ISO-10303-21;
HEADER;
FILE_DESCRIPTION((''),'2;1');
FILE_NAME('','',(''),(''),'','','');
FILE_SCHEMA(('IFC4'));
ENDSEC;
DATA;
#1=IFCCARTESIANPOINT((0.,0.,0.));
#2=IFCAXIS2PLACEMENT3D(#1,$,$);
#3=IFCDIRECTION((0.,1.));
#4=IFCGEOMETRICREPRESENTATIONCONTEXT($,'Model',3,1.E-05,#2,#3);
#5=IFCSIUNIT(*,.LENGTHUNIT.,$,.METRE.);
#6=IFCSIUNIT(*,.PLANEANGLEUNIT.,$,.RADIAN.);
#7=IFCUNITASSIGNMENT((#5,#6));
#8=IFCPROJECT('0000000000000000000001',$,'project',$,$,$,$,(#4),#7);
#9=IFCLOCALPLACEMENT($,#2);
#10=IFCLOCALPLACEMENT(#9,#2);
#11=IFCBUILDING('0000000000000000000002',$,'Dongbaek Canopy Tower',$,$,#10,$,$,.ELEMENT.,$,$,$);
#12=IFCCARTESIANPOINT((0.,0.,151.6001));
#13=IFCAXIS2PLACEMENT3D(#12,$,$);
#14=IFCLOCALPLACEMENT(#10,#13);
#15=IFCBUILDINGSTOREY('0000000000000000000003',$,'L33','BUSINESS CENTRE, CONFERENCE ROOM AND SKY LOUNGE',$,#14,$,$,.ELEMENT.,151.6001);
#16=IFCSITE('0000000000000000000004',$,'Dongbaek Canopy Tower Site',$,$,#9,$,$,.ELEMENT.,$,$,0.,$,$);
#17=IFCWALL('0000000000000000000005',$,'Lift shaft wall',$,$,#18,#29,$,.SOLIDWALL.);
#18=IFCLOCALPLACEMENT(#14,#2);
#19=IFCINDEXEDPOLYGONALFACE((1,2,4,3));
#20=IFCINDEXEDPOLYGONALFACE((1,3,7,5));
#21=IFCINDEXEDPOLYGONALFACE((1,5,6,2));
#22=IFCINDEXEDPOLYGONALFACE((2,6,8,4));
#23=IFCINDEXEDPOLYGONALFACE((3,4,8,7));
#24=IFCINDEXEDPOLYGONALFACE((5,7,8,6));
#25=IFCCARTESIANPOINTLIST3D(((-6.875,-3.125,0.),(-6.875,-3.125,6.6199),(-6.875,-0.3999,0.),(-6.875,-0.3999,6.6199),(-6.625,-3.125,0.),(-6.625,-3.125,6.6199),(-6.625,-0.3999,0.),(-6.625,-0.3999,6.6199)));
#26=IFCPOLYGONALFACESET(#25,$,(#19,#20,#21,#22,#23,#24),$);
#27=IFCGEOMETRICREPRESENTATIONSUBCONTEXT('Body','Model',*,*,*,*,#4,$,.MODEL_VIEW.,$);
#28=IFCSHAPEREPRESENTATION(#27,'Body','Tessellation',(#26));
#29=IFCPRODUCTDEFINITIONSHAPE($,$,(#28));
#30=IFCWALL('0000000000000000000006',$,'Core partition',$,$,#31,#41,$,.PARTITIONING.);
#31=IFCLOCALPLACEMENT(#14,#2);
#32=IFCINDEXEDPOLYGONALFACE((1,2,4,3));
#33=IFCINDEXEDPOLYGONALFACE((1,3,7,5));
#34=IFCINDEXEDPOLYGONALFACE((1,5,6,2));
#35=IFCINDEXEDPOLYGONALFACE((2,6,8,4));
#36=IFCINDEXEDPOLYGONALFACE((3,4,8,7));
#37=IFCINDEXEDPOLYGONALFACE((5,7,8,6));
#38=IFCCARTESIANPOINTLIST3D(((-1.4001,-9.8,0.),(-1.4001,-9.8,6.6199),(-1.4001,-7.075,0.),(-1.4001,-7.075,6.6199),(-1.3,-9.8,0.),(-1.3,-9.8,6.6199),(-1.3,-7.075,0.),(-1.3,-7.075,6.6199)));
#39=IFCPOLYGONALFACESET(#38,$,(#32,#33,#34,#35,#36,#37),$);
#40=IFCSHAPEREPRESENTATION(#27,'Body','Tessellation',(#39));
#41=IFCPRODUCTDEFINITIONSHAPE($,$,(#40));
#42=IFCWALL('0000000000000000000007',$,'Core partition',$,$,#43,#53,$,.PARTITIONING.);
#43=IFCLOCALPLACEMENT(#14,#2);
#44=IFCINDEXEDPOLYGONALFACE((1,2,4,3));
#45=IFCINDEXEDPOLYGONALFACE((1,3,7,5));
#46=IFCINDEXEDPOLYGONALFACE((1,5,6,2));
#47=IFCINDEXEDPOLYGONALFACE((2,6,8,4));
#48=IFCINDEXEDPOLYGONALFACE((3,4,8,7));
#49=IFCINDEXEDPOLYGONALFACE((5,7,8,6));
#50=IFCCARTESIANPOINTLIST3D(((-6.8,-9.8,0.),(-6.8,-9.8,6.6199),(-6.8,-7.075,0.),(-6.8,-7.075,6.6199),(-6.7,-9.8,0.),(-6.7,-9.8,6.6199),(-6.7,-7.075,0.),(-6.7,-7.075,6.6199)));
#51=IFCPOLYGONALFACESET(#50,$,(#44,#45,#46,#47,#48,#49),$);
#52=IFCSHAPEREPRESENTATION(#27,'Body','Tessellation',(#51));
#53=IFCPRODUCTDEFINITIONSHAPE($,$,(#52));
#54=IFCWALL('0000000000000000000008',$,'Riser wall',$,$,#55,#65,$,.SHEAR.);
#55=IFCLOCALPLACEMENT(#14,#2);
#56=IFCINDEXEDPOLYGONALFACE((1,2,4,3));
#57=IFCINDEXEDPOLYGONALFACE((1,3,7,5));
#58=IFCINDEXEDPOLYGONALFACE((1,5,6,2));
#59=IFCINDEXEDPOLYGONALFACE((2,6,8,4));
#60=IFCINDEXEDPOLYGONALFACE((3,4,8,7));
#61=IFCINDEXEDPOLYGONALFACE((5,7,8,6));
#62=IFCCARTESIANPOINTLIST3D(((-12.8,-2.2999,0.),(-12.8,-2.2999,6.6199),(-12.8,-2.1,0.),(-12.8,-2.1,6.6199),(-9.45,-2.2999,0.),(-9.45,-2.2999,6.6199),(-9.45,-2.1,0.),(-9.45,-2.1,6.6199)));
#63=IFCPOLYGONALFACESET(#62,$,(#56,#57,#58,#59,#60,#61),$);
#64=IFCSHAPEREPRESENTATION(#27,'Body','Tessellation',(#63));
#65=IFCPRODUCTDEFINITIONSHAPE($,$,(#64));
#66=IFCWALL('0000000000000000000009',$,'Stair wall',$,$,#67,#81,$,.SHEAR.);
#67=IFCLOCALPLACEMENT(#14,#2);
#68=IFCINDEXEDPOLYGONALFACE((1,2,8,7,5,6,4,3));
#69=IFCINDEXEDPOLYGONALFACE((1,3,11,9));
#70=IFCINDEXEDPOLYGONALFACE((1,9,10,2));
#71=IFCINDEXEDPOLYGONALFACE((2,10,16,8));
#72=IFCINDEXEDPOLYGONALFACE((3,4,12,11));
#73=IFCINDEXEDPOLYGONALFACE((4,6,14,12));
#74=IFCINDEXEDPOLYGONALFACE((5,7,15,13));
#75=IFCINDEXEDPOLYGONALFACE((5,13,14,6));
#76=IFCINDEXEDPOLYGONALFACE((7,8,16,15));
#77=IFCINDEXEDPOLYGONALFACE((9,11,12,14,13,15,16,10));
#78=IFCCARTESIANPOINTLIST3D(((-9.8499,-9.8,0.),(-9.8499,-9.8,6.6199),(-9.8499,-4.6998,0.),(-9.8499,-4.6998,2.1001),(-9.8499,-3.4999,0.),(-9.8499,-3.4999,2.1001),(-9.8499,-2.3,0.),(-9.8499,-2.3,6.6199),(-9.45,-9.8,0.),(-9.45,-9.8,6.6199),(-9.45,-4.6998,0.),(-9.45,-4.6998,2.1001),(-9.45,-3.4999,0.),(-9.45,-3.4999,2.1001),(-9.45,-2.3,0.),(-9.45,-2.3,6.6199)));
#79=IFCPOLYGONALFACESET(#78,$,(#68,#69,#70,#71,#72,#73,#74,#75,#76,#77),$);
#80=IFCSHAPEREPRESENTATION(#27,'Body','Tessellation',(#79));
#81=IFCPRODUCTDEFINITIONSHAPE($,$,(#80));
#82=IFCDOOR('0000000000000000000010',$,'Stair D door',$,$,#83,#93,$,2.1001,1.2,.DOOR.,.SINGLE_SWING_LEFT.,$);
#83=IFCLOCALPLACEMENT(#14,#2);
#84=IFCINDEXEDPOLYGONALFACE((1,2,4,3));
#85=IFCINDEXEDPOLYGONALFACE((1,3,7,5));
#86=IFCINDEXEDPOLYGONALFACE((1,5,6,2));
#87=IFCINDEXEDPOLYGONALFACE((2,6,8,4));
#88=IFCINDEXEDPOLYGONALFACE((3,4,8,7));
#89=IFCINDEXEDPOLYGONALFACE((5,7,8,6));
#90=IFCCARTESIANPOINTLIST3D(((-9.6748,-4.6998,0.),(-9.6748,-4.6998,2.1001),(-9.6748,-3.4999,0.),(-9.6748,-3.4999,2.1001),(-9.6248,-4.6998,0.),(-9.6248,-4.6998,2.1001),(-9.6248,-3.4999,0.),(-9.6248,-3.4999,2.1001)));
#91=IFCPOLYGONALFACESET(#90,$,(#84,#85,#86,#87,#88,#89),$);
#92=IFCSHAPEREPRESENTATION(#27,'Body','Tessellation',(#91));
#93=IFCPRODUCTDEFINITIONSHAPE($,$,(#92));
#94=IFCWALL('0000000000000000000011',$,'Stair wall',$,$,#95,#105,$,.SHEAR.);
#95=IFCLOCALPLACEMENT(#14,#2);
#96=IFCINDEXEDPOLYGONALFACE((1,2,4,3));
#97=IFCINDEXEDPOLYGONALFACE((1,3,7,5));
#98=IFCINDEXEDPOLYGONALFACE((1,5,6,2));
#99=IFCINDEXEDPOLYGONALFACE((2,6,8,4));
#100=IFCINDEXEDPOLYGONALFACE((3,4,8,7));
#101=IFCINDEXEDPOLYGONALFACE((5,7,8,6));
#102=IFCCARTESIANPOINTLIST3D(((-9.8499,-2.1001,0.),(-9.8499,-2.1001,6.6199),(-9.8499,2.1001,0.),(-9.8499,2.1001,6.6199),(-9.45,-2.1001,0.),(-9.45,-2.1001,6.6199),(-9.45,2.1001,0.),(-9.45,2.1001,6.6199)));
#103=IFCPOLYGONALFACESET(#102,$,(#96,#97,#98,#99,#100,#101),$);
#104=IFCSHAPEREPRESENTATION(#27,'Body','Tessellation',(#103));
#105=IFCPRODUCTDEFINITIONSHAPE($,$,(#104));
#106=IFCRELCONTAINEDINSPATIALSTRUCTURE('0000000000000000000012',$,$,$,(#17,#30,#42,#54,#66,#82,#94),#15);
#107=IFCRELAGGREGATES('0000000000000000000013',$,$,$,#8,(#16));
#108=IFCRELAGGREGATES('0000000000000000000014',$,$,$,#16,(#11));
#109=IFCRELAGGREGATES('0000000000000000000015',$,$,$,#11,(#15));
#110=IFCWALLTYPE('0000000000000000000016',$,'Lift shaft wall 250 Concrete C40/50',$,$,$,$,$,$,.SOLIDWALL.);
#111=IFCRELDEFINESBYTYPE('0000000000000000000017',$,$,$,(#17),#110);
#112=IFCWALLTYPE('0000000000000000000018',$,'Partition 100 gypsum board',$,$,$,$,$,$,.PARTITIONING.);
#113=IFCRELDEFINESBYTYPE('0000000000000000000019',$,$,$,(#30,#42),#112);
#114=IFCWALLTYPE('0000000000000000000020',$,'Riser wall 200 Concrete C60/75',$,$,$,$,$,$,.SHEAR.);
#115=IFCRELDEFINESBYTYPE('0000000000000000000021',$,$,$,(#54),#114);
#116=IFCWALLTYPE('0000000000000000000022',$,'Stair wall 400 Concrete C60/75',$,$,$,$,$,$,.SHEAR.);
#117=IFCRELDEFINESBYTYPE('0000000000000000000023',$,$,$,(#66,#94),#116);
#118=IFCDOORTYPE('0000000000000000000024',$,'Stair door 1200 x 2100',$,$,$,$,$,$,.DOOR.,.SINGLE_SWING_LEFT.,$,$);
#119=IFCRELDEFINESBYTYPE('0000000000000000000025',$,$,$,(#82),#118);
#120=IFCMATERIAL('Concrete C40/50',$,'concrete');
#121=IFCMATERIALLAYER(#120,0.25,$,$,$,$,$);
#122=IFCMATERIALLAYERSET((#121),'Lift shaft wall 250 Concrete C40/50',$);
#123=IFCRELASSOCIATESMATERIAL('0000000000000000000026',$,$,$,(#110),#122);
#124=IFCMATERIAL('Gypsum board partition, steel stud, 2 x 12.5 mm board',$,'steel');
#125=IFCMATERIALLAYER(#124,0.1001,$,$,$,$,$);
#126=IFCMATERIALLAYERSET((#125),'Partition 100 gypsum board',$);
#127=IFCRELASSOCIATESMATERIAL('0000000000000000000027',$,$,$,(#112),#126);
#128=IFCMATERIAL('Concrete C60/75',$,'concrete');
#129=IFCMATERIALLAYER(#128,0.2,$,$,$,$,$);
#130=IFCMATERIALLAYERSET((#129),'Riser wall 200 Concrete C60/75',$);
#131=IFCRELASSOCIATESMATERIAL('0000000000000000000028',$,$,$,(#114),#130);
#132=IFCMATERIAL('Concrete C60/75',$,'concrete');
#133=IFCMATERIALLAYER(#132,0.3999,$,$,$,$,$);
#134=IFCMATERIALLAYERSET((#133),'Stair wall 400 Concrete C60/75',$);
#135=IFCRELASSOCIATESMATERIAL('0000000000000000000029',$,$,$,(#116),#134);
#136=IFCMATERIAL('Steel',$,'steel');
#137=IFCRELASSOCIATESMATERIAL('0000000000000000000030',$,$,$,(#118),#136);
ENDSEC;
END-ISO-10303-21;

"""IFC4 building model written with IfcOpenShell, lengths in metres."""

from ifc_helpers import new_model, si_unit, direction, frame, frame_2d, origin, place, context, subcontext, project, spatial, rectangle, extrude, material, layer, layer_set, type_object, element, fill, save


model = new_model("IFC4")

# Units and contexts
model_context = context("Model", 3, precision=1e-05, world=origin(), true_north=direction((0.0, 1.0)))
body_context = subcontext(model_context, "Body", "Model", "MODEL_VIEW")
ifc_project = project(units=[si_unit("LENGTHUNIT", "METRE"), si_unit("PLANEANGLEUNIT", "RADIAN")], contexts=[model_context])

# Site, building, storey
site_placement = place(None, origin())
site = spatial("IfcSite", under=ifc_project, at=site_placement, Name="Dongbaek Canopy Tower Site", CompositionType="ELEMENT", RefElevation=0.0)
building_placement = place(site_placement, origin())
building = spatial("IfcBuilding", under=site, at=building_placement, Name="Dongbaek Canopy Tower", CompositionType="ELEMENT")
storey_placement = place(building_placement, frame((0.0, 0.0, 151.6001)))
storey = spatial("IfcBuildingStorey", under=building, at=storey_placement, Name="L33", Description="BUSINESS CENTRE, CONFERENCE ROOM AND SKY LOUNGE", CompositionType="ELEMENT", Elevation=151.6001)

# Walls
ifc_material_1 = material(Name="Concrete C40/50", Category="concrete")
ifc_layer_1 = layer(ifc_material_1, 0.25)
ifc_layer_set_1 = layer_set([ifc_layer_1], Name="Lift shaft wall 250 Concrete C40/50")
wall_type_1 = type_object("IfcWallType", Name="Lift shaft wall 250 Concrete C40/50", PredefinedType="SOLIDWALL", material=ifc_layer_set_1)
for number, where, z_axis, x_axis, name in (
    (1, (-6.75, -3.125, 0.0), (0.0, 0.0, 1.0), (0.0, 1.0, 0.0), "Lift shaft wall"),
):
    element("IfcWall", number, at=place(storey_placement, frame(where, z_axis=z_axis, x_axis=x_axis)), inside=storey, type_object=wall_type_1, Name=name, PredefinedType="SOLIDWALL", context=body_context, shape_type="SweptSolid", body=[
        extrude(rectangle(XDim=2.7251, YDim=0.25, at=frame_2d((1.3625, 0.0))), origin(), (0.0, 0.0, 1.0), 6.6199),
    ])
ifc_material_2 = material(Name="Gypsum board partition, steel stud, 2 x 12.5 mm board", Category="steel")
ifc_layer_2 = layer(ifc_material_2, 0.1001)
ifc_layer_set_2 = layer_set([ifc_layer_2], Name="Partition 100 gypsum board")
wall_type_2 = type_object("IfcWallType", Name="Partition 100 gypsum board", PredefinedType="PARTITIONING", material=ifc_layer_set_2)
for number, where, z_axis, x_axis, name in (
    (2, (-1.3501, -9.8, 0.0), (0.0, 0.0, 1.0), (0.0, 1.0, 0.0), "Core partition"),
    (3, (-6.75, -9.8, 0.0), (0.0, 0.0, 1.0), (0.0, 1.0, 0.0), "Core partition"),
):
    element("IfcWall", number, at=place(storey_placement, frame(where, z_axis=z_axis, x_axis=x_axis)), inside=storey, type_object=wall_type_2, Name=name, PredefinedType="PARTITIONING", context=body_context, shape_type="SweptSolid", body=[
        extrude(rectangle(XDim=2.7251, YDim=0.1001, at=frame_2d((1.3625, 0.0))), origin(), (0.0, 0.0, 1.0), 6.6199),
    ])
ifc_material_3 = material(Name="Concrete C60/75", Category="concrete")
ifc_layer_3 = layer(ifc_material_3, 0.2)
ifc_layer_set_3 = layer_set([ifc_layer_3], Name="Riser wall 200 Concrete C60/75")
wall_type_3 = type_object("IfcWallType", Name="Riser wall 200 Concrete C60/75", PredefinedType="SHEAR", material=ifc_layer_set_3)
wall_1_placement = place(storey_placement, frame((-9.45, -2.2, 0.0), z_axis=(0.0, 0.0, 1.0), x_axis=(-1.0, 0.0, 0.0)))
element("IfcWall", 4, at=wall_1_placement, inside=storey, type_object=wall_type_3, Name="Riser wall", PredefinedType="SHEAR", context=body_context, shape_type="SweptSolid", body=[
    extrude(rectangle(XDim=3.3501, YDim=0.2, at=frame_2d((1.675, 0.0))), origin(), (0.0, 0.0, 1.0), 6.6199),
])

# Wall, opening, door
ifc_material_4 = material(Name="Concrete C60/75", Category="concrete")
ifc_layer_4 = layer(ifc_material_4, 0.3999)
ifc_layer_set_4 = layer_set([ifc_layer_4], Name="Stair wall 400 Concrete C60/75")
wall_type_4 = type_object("IfcWallType", Name="Stair wall 400 Concrete C60/75", PredefinedType="SHEAR", material=ifc_layer_set_4)
wall_2_placement = place(storey_placement, frame((-9.6499, -9.8, 0.0), z_axis=(0.0, 0.0, 1.0), x_axis=(0.0, 1.0, 0.0)))
wall_2 = element("IfcWall", 5, at=wall_2_placement, inside=storey, type_object=wall_type_4, Name="Stair wall", PredefinedType="SHEAR", context=body_context, shape_type="SweptSolid", body=[
    extrude(rectangle(XDim=7.5, YDim=0.3999, at=frame_2d((3.75, 0.0))), origin(), (0.0, 0.0, 1.0), 6.6199),
])
opening_1_placement = place(wall_2_placement, frame((5.1001, 0.0, 0.0)))
opening_1 = element("IfcOpeningElement", 6, at=opening_1_placement, cuts=wall_2, PredefinedType="OPENING", context=body_context, shape_type="SweptSolid", body=[
    extrude(rectangle(XDim=1.2, YDim=2.1001, at=frame_2d((0.6001, 1.05))), frame((0.0, 0.21, 0.0), z_axis=(0.0, -1.0, 0.0), x_axis=(1.0, 0.0, 0.0)), (0.0, 0.0, 1.0), 0.4199),
])
ifc_material_5 = material(Name="Steel", Category="steel")
door_type_1 = type_object("IfcDoorType", Name="Stair door 1200 x 2100", OperationType="SINGLE_SWING_LEFT", PredefinedType="DOOR", material=ifc_material_5)
door_1_placement = place(opening_1_placement, origin())
door_1 = element("IfcDoor", 7, at=door_1_placement, inside=storey, type_object=door_type_1, Name="Stair D door", OperationType="SINGLE_SWING_LEFT", OverallHeight=2.1001, OverallWidth=1.2, PredefinedType="DOOR", context=body_context, shape_type="SweptSolid", body=[
    extrude(rectangle(XDim=1.2, YDim=2.1001, at=frame_2d((0.6001, 1.05))), frame((0.0, 0.0249, 0.0), z_axis=(0.0, -1.0, 0.0), x_axis=(1.0, 0.0, 0.0)), (0.0, 0.0, 1.0), 0.05),
])
fill(opening_1, door_1)

# Wall
wall_3_placement = place(storey_placement, frame((-9.6499, -2.1001, 0.0), z_axis=(0.0, 0.0, 1.0), x_axis=(0.0, 1.0, 0.0)))
element("IfcWall", 8, at=wall_3_placement, inside=storey, type_object=wall_type_4, Name="Stair wall", PredefinedType="SHEAR", context=body_context, shape_type="SweptSolid", body=[
    extrude(rectangle(XDim=4.2002, YDim=0.3999, at=frame_2d((2.1001, 0.0))), origin(), (0.0, 0.0, 1.0), 6.6199),
])

save(model, "model.ifc")
